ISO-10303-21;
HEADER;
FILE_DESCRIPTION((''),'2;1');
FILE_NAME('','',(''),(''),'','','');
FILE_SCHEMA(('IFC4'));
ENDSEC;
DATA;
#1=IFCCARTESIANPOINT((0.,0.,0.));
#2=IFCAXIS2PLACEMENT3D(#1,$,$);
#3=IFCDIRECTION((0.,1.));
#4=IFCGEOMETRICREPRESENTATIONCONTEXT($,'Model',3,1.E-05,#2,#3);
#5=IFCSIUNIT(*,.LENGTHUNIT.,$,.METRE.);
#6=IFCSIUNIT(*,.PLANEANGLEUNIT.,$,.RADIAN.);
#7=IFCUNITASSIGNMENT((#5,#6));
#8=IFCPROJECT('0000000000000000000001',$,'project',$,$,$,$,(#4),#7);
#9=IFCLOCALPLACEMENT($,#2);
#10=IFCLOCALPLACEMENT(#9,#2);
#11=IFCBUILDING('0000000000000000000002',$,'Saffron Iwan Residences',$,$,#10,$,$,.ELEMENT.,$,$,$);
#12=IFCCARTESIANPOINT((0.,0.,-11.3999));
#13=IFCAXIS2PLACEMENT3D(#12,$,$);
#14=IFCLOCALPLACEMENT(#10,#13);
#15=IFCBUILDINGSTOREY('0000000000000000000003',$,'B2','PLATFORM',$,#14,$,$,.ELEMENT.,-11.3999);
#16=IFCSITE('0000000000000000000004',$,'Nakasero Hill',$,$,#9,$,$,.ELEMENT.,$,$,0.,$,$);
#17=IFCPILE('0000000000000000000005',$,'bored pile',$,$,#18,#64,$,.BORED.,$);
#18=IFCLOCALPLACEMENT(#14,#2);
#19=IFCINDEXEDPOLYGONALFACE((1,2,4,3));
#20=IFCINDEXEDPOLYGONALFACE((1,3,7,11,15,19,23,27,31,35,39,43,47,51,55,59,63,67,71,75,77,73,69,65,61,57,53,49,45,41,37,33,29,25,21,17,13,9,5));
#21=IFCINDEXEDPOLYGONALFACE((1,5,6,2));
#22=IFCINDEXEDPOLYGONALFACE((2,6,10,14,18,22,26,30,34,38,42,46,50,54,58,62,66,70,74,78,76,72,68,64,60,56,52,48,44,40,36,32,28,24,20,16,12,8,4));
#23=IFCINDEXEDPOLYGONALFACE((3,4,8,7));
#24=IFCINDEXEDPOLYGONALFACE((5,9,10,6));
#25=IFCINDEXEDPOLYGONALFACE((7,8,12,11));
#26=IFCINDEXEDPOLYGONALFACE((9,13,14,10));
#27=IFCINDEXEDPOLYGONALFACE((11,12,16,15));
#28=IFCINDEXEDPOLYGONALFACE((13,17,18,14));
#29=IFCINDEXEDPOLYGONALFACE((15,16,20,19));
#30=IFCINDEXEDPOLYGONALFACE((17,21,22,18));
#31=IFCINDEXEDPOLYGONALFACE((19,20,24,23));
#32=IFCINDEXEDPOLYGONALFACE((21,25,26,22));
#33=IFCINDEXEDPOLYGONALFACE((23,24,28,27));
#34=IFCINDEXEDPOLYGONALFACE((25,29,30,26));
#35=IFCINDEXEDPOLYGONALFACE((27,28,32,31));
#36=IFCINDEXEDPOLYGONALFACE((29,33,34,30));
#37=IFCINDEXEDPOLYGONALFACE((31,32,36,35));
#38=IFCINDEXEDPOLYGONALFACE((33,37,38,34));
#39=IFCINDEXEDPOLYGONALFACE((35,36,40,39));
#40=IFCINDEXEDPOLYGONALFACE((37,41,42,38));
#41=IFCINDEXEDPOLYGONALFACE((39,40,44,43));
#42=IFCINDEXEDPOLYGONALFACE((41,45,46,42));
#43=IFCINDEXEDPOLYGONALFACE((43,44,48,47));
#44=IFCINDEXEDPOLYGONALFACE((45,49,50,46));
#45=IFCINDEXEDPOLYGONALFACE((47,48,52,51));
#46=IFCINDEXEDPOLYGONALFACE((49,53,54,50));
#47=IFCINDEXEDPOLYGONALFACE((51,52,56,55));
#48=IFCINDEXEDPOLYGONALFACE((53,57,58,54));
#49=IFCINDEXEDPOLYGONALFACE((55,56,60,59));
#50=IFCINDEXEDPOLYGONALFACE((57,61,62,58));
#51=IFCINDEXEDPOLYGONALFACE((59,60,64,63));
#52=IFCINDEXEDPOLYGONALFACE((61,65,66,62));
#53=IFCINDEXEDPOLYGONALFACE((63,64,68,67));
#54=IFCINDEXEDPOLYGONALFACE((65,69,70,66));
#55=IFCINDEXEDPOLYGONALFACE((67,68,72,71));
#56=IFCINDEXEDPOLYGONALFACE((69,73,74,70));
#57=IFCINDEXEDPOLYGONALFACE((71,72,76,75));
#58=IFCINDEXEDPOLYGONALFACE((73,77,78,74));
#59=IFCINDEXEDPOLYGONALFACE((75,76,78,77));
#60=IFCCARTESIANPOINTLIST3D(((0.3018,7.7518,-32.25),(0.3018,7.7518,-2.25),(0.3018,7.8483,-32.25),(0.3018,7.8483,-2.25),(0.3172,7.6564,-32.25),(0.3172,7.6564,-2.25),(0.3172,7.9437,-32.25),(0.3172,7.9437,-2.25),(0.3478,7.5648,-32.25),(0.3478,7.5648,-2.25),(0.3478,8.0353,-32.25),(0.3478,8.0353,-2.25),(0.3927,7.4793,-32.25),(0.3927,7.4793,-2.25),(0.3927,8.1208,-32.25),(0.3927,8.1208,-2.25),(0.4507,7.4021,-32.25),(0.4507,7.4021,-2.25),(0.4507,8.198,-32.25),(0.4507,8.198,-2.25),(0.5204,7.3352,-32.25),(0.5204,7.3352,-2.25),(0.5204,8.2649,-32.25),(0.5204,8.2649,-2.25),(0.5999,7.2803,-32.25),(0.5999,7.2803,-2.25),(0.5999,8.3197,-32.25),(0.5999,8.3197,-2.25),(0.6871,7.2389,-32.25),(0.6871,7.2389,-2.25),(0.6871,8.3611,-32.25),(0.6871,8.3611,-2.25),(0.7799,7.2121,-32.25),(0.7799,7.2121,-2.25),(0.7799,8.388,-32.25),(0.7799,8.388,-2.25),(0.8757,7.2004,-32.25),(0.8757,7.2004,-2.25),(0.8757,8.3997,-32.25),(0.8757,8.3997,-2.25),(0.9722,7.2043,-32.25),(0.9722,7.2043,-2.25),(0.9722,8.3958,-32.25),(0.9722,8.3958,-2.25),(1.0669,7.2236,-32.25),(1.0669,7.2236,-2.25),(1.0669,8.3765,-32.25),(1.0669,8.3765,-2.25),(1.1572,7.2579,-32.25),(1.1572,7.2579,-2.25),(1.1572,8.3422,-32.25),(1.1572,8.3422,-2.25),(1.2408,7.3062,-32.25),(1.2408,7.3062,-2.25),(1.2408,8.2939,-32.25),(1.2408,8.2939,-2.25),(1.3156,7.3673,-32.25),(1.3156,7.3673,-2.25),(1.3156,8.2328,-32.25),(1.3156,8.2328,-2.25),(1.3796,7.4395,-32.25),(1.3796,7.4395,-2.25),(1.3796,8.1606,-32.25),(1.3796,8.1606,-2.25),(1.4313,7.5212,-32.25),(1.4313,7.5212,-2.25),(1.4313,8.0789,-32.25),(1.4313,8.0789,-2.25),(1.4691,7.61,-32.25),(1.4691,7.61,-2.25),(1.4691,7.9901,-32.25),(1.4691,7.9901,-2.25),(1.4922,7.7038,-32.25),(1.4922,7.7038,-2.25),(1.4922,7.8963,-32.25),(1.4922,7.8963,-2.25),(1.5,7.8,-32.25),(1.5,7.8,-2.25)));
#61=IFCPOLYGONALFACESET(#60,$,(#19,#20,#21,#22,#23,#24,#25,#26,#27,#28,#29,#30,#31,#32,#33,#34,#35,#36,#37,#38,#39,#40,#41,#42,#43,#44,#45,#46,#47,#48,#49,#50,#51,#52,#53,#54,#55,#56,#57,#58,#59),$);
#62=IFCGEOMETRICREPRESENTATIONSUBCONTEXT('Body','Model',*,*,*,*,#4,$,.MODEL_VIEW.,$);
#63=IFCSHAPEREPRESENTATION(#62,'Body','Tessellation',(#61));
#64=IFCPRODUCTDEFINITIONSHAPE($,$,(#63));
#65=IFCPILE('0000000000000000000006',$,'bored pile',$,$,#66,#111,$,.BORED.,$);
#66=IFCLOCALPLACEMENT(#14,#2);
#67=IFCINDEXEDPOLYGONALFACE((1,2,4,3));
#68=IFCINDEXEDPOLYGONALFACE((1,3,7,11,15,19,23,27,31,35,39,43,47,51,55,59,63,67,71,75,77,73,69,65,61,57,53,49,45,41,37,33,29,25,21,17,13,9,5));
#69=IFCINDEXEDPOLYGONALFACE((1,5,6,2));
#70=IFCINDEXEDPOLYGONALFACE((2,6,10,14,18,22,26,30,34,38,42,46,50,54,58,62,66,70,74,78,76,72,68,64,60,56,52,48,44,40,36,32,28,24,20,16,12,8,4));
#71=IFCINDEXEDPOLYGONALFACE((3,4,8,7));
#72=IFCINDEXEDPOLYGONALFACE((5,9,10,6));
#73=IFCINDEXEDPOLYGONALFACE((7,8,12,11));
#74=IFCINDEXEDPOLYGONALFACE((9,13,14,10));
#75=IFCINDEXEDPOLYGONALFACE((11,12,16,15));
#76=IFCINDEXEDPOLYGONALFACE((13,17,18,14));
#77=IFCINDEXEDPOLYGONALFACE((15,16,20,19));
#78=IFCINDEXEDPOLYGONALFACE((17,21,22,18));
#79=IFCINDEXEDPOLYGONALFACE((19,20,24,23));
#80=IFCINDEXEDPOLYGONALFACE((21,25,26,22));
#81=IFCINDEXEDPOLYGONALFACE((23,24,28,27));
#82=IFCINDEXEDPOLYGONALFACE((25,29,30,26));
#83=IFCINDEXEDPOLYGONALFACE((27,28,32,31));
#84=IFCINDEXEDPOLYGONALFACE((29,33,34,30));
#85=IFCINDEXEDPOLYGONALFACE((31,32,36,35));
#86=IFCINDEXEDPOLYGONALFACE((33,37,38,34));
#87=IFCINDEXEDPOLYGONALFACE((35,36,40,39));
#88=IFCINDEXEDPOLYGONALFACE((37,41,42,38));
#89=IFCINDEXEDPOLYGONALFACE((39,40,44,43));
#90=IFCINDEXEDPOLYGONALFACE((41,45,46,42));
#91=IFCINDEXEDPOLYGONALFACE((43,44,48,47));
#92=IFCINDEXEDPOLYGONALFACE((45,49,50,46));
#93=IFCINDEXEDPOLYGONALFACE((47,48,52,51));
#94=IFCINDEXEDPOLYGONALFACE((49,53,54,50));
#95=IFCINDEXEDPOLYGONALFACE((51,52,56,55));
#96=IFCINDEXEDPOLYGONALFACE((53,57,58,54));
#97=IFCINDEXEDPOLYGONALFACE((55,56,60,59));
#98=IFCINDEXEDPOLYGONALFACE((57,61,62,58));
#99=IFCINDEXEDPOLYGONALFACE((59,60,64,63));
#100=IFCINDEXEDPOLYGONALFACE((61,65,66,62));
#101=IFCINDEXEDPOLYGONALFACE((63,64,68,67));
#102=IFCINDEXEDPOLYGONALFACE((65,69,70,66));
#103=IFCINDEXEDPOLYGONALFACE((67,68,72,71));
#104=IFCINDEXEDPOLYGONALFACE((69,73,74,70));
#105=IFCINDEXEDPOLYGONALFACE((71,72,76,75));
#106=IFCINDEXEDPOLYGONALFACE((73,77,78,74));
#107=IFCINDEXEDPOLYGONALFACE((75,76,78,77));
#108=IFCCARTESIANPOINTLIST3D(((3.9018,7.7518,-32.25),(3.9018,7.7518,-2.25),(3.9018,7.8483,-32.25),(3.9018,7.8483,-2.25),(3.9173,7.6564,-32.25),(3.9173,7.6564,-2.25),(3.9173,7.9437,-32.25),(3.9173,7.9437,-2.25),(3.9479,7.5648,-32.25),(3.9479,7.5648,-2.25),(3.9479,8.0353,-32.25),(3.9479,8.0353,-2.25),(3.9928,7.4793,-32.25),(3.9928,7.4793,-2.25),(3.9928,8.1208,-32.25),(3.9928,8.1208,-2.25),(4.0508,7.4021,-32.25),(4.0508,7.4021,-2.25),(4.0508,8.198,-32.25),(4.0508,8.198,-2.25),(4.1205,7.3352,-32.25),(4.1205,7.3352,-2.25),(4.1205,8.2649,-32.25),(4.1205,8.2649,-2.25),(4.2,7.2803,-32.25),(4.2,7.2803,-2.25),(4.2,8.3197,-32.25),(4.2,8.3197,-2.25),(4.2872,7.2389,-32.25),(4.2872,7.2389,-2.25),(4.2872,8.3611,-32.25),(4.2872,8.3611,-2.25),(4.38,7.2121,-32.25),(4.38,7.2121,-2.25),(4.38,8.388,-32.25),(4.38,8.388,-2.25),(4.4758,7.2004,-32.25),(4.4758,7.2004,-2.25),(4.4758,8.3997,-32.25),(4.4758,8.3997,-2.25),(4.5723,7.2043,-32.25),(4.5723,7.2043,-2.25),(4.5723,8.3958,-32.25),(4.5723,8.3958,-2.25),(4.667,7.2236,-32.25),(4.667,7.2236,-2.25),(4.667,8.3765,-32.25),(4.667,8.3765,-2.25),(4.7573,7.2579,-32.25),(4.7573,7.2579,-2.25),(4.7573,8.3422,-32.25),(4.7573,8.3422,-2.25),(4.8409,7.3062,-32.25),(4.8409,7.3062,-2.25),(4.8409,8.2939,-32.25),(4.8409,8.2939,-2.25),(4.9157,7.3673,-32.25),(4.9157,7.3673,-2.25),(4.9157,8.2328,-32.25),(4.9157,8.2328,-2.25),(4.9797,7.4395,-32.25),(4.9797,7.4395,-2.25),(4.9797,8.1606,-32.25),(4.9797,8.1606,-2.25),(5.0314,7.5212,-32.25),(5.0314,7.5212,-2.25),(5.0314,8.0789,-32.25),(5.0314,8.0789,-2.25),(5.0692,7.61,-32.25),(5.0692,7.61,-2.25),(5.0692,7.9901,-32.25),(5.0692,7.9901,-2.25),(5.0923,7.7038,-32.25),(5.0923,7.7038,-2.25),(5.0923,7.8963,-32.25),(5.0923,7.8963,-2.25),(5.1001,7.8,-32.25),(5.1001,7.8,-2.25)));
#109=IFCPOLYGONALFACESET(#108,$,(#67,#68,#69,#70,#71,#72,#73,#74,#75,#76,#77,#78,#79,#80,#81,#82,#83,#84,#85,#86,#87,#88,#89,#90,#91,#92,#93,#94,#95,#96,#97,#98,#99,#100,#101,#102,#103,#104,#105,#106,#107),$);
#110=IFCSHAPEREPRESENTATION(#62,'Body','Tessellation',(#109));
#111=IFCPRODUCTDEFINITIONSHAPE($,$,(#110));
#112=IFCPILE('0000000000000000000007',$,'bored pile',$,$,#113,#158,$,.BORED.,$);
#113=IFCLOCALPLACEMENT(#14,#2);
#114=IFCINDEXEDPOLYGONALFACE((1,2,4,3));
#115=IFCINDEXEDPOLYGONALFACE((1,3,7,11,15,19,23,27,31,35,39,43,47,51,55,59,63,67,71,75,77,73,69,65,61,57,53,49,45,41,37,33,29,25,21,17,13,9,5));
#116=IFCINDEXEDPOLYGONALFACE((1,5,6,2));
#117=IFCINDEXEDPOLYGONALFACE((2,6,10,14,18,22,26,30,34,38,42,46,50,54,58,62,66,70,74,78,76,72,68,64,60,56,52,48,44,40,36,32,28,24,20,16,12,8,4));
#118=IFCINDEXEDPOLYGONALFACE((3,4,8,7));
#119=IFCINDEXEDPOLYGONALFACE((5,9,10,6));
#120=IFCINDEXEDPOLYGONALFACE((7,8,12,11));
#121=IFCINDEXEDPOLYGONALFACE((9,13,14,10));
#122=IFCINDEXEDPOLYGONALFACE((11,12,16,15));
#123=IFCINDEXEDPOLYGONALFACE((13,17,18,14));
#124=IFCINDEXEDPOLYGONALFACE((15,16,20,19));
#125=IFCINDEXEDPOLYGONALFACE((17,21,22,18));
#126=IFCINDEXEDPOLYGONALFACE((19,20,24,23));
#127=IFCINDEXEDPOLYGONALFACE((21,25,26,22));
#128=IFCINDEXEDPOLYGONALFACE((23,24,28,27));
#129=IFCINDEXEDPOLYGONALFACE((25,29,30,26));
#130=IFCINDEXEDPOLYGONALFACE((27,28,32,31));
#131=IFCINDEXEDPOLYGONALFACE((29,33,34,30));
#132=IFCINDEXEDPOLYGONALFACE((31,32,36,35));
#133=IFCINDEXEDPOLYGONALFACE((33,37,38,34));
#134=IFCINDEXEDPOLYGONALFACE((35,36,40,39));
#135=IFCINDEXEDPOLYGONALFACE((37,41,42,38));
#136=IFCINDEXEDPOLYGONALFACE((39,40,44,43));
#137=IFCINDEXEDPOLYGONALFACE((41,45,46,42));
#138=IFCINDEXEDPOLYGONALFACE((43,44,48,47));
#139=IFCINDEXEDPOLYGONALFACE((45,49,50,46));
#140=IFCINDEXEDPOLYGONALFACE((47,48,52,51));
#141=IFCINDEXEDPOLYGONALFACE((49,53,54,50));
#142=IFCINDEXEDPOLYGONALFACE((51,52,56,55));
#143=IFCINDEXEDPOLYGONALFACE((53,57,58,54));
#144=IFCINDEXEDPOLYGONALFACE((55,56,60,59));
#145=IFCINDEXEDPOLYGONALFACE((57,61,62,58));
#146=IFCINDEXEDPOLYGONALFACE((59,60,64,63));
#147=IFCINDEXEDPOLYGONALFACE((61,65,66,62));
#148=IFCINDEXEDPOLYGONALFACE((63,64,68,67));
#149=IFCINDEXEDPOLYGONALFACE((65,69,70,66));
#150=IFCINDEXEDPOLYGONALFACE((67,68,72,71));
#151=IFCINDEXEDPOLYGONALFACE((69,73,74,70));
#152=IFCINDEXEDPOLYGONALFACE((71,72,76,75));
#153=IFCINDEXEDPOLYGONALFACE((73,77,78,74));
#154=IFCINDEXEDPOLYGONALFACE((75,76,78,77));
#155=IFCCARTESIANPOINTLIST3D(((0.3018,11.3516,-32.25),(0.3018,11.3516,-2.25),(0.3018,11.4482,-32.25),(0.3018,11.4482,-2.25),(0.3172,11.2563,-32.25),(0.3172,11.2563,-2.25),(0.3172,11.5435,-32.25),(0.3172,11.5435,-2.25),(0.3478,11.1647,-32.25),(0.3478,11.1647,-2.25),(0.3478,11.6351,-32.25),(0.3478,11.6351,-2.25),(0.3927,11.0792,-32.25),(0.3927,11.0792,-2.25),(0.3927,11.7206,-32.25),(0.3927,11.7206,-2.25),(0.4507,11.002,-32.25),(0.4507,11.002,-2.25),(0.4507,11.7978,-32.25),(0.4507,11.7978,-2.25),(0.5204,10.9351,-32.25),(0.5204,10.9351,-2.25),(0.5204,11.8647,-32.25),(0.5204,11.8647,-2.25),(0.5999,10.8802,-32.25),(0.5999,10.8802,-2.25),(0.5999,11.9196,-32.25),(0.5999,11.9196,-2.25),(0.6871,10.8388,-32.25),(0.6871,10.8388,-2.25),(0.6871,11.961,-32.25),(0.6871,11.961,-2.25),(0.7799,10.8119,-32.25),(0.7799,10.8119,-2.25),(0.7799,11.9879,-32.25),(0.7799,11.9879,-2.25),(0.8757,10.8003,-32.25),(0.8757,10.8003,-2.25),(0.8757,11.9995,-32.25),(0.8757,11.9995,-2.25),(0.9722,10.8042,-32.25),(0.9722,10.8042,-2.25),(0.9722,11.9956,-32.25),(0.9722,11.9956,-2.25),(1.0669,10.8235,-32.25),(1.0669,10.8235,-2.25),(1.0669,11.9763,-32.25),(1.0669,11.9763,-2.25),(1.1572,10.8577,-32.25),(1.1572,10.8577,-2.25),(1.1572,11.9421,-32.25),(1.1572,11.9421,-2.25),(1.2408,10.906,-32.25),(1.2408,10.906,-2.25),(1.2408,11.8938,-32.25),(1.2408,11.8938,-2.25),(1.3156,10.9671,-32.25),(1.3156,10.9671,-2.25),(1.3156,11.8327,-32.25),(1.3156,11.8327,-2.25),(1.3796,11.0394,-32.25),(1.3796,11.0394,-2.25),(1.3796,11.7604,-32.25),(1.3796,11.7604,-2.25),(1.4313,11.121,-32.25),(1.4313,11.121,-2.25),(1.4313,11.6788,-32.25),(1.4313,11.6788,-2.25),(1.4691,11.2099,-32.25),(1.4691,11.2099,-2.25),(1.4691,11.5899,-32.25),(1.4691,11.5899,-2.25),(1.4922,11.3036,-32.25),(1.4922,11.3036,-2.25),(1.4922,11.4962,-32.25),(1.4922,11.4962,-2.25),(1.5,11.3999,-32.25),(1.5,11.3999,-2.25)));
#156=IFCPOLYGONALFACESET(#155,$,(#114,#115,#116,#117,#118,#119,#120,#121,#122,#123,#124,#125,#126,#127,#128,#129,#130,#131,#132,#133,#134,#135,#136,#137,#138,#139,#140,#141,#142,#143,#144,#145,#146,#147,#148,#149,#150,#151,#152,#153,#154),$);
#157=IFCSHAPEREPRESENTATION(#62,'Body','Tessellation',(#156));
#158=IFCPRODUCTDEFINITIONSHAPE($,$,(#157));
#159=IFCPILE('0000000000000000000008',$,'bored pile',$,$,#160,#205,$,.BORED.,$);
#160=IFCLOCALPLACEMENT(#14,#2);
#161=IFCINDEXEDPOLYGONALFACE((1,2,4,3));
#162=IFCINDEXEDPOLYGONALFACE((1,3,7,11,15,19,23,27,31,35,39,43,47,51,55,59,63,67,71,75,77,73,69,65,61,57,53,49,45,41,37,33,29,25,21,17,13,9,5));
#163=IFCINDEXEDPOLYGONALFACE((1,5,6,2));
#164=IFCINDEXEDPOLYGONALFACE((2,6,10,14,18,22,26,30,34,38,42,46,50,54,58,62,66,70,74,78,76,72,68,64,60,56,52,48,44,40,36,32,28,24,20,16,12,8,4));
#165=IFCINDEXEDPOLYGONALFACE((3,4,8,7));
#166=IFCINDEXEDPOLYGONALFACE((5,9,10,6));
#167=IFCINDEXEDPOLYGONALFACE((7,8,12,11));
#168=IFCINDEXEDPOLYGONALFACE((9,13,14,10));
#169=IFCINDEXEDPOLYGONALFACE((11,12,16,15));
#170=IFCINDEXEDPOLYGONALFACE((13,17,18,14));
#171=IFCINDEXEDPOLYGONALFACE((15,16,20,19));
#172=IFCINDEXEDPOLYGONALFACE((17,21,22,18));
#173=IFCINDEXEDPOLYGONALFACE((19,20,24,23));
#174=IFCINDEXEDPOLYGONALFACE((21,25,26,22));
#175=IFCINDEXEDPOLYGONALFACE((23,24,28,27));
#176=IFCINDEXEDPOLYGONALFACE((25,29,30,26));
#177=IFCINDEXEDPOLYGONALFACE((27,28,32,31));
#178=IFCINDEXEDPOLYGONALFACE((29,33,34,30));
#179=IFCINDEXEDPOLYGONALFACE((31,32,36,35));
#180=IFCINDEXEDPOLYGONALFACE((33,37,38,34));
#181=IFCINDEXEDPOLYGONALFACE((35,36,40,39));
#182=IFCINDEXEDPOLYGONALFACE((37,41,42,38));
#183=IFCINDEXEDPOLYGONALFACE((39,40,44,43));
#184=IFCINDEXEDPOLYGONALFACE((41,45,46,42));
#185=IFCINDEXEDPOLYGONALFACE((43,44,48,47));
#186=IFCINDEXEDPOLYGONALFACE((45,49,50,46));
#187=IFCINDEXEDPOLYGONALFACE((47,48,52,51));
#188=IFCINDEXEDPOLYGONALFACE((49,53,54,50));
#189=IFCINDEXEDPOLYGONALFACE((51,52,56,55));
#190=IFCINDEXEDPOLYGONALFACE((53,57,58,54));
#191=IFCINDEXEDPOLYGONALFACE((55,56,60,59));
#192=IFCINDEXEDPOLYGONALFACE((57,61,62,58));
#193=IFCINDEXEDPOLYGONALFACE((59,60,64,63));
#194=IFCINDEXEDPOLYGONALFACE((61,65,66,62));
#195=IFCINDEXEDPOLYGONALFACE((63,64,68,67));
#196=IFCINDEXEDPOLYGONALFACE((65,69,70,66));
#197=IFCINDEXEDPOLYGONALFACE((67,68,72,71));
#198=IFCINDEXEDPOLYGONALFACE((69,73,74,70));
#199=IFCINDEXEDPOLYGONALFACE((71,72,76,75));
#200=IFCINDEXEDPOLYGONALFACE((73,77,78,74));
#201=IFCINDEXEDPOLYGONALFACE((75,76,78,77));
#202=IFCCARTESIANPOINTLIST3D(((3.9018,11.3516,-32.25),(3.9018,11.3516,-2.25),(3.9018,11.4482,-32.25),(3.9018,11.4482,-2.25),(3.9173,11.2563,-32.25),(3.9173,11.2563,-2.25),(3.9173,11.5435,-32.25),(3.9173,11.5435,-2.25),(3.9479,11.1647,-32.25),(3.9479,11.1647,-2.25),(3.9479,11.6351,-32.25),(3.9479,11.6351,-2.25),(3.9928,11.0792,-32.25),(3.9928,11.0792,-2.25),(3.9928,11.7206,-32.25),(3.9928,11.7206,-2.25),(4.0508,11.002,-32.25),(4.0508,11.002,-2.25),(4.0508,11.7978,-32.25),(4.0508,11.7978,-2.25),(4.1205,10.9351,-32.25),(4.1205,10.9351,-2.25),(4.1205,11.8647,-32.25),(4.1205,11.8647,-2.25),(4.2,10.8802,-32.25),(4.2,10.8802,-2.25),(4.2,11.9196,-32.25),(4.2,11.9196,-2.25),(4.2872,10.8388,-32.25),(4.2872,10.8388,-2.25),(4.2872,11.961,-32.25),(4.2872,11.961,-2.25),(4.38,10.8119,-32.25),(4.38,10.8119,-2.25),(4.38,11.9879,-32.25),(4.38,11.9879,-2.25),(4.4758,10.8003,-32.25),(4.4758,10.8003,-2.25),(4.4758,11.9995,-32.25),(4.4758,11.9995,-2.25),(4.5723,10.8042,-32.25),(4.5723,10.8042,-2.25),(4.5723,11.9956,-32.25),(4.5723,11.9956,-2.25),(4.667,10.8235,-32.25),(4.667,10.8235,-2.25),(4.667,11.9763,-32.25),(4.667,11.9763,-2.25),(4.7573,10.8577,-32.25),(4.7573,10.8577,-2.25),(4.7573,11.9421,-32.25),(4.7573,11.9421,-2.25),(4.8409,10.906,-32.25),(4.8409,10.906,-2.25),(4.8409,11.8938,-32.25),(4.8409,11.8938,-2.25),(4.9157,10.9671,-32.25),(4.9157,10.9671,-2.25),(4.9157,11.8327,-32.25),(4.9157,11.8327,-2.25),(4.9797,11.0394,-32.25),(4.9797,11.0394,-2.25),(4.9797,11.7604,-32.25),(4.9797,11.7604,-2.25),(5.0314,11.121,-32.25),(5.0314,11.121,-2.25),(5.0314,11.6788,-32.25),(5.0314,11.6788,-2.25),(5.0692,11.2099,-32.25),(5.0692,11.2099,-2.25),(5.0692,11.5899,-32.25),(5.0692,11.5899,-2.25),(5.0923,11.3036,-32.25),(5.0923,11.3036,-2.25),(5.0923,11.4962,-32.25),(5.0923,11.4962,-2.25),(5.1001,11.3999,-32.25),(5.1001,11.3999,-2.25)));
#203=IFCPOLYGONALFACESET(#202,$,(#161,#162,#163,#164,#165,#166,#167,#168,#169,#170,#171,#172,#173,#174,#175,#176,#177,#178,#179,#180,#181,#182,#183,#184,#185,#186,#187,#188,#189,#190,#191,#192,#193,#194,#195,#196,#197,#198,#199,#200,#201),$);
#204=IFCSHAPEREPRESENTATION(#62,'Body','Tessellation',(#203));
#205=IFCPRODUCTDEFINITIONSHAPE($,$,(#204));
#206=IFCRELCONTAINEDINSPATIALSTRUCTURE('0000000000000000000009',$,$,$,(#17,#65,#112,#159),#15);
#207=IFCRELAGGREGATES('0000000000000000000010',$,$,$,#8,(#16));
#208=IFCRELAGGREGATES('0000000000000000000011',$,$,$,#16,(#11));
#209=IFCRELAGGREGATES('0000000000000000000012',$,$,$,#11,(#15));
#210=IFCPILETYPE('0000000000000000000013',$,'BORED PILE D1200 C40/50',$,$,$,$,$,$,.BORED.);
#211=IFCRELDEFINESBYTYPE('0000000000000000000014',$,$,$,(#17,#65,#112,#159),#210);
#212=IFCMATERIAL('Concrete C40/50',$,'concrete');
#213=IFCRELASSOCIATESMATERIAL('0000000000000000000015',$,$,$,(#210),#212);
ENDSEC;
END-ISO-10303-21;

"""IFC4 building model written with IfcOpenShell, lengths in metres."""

from ifc_helpers import new_model, si_unit, direction, frame, origin, origin_2d, place, context, subcontext, project, spatial, circle, extrude, material, material_profile, profile_set, type_object, element, save


model = new_model("IFC4")

# Units and contexts
model_context = context("Model", 3, precision=1e-05, world=origin(), true_north=direction((0.0, 1.0)))
body_context = subcontext(model_context, "Body", "Model", "MODEL_VIEW")
ifc_project = project(units=[si_unit("LENGTHUNIT", "METRE"), si_unit("PLANEANGLEUNIT", "RADIAN")], contexts=[model_context])

# Site, building, storey
site_placement = place(None, origin())
site = spatial("IfcSite", under=ifc_project, at=site_placement, Name="Nakasero Hill", CompositionType="ELEMENT", RefElevation=0.0)
building_placement = place(site_placement, origin())
building = spatial("IfcBuilding", under=site, at=building_placement, Name="Saffron Iwan Residences", CompositionType="ELEMENT")
storey_placement = place(building_placement, frame((0.0, 0.0, -11.3999)))
storey = spatial("IfcBuildingStorey", under=building, at=storey_placement, Name="B2", Description="PLATFORM", CompositionType="ELEMENT", Elevation=-11.3999)

# Piles
ifc_material_1 = material(Name="Concrete C40/50", Category="concrete")
ifc_material_profile_1 = material_profile(ifc_material_1, circle(Radius=0.6001, at=origin_2d()), Name="RC D1200")
ifc_profile_set_1 = profile_set([ifc_material_profile_1], Name="Concrete C40/50")
pile_type = type_object("IfcPileType", Name="BORED PILE D1200 C40/50", PredefinedType="BORED", material=ifc_profile_set_1)
for number, where, z_axis, x_axis, name in (
    (1, (0.8999, 7.8, -2.25), (0.0, 0.0, -1.0), (1.0, 0.0, 0.0), "bored pile"),
    (2, (4.5, 7.8, -2.25), (0.0, 0.0, -1.0), (1.0, 0.0, 0.0), "bored pile"),
    (3, (0.8999, 11.3999, -2.25), (0.0, 0.0, -1.0), (1.0, 0.0, 0.0), "bored pile"),
    (4, (4.5, 11.3999, -2.25), (0.0, 0.0, -1.0), (1.0, 0.0, 0.0), "bored pile"),
):
    element("IfcPile", number, at=place(storey_placement, frame(where, z_axis=z_axis, x_axis=x_axis)), inside=storey, type_object=pile_type, Name=name, PredefinedType="BORED", context=body_context, shape_type="SweptSolid", body=[
        extrude(circle(Radius=0.6001, at=origin_2d()), origin(), (0.0, 0.0, 1.0), 30.0),
    ])

save(model, "model.ifc")
